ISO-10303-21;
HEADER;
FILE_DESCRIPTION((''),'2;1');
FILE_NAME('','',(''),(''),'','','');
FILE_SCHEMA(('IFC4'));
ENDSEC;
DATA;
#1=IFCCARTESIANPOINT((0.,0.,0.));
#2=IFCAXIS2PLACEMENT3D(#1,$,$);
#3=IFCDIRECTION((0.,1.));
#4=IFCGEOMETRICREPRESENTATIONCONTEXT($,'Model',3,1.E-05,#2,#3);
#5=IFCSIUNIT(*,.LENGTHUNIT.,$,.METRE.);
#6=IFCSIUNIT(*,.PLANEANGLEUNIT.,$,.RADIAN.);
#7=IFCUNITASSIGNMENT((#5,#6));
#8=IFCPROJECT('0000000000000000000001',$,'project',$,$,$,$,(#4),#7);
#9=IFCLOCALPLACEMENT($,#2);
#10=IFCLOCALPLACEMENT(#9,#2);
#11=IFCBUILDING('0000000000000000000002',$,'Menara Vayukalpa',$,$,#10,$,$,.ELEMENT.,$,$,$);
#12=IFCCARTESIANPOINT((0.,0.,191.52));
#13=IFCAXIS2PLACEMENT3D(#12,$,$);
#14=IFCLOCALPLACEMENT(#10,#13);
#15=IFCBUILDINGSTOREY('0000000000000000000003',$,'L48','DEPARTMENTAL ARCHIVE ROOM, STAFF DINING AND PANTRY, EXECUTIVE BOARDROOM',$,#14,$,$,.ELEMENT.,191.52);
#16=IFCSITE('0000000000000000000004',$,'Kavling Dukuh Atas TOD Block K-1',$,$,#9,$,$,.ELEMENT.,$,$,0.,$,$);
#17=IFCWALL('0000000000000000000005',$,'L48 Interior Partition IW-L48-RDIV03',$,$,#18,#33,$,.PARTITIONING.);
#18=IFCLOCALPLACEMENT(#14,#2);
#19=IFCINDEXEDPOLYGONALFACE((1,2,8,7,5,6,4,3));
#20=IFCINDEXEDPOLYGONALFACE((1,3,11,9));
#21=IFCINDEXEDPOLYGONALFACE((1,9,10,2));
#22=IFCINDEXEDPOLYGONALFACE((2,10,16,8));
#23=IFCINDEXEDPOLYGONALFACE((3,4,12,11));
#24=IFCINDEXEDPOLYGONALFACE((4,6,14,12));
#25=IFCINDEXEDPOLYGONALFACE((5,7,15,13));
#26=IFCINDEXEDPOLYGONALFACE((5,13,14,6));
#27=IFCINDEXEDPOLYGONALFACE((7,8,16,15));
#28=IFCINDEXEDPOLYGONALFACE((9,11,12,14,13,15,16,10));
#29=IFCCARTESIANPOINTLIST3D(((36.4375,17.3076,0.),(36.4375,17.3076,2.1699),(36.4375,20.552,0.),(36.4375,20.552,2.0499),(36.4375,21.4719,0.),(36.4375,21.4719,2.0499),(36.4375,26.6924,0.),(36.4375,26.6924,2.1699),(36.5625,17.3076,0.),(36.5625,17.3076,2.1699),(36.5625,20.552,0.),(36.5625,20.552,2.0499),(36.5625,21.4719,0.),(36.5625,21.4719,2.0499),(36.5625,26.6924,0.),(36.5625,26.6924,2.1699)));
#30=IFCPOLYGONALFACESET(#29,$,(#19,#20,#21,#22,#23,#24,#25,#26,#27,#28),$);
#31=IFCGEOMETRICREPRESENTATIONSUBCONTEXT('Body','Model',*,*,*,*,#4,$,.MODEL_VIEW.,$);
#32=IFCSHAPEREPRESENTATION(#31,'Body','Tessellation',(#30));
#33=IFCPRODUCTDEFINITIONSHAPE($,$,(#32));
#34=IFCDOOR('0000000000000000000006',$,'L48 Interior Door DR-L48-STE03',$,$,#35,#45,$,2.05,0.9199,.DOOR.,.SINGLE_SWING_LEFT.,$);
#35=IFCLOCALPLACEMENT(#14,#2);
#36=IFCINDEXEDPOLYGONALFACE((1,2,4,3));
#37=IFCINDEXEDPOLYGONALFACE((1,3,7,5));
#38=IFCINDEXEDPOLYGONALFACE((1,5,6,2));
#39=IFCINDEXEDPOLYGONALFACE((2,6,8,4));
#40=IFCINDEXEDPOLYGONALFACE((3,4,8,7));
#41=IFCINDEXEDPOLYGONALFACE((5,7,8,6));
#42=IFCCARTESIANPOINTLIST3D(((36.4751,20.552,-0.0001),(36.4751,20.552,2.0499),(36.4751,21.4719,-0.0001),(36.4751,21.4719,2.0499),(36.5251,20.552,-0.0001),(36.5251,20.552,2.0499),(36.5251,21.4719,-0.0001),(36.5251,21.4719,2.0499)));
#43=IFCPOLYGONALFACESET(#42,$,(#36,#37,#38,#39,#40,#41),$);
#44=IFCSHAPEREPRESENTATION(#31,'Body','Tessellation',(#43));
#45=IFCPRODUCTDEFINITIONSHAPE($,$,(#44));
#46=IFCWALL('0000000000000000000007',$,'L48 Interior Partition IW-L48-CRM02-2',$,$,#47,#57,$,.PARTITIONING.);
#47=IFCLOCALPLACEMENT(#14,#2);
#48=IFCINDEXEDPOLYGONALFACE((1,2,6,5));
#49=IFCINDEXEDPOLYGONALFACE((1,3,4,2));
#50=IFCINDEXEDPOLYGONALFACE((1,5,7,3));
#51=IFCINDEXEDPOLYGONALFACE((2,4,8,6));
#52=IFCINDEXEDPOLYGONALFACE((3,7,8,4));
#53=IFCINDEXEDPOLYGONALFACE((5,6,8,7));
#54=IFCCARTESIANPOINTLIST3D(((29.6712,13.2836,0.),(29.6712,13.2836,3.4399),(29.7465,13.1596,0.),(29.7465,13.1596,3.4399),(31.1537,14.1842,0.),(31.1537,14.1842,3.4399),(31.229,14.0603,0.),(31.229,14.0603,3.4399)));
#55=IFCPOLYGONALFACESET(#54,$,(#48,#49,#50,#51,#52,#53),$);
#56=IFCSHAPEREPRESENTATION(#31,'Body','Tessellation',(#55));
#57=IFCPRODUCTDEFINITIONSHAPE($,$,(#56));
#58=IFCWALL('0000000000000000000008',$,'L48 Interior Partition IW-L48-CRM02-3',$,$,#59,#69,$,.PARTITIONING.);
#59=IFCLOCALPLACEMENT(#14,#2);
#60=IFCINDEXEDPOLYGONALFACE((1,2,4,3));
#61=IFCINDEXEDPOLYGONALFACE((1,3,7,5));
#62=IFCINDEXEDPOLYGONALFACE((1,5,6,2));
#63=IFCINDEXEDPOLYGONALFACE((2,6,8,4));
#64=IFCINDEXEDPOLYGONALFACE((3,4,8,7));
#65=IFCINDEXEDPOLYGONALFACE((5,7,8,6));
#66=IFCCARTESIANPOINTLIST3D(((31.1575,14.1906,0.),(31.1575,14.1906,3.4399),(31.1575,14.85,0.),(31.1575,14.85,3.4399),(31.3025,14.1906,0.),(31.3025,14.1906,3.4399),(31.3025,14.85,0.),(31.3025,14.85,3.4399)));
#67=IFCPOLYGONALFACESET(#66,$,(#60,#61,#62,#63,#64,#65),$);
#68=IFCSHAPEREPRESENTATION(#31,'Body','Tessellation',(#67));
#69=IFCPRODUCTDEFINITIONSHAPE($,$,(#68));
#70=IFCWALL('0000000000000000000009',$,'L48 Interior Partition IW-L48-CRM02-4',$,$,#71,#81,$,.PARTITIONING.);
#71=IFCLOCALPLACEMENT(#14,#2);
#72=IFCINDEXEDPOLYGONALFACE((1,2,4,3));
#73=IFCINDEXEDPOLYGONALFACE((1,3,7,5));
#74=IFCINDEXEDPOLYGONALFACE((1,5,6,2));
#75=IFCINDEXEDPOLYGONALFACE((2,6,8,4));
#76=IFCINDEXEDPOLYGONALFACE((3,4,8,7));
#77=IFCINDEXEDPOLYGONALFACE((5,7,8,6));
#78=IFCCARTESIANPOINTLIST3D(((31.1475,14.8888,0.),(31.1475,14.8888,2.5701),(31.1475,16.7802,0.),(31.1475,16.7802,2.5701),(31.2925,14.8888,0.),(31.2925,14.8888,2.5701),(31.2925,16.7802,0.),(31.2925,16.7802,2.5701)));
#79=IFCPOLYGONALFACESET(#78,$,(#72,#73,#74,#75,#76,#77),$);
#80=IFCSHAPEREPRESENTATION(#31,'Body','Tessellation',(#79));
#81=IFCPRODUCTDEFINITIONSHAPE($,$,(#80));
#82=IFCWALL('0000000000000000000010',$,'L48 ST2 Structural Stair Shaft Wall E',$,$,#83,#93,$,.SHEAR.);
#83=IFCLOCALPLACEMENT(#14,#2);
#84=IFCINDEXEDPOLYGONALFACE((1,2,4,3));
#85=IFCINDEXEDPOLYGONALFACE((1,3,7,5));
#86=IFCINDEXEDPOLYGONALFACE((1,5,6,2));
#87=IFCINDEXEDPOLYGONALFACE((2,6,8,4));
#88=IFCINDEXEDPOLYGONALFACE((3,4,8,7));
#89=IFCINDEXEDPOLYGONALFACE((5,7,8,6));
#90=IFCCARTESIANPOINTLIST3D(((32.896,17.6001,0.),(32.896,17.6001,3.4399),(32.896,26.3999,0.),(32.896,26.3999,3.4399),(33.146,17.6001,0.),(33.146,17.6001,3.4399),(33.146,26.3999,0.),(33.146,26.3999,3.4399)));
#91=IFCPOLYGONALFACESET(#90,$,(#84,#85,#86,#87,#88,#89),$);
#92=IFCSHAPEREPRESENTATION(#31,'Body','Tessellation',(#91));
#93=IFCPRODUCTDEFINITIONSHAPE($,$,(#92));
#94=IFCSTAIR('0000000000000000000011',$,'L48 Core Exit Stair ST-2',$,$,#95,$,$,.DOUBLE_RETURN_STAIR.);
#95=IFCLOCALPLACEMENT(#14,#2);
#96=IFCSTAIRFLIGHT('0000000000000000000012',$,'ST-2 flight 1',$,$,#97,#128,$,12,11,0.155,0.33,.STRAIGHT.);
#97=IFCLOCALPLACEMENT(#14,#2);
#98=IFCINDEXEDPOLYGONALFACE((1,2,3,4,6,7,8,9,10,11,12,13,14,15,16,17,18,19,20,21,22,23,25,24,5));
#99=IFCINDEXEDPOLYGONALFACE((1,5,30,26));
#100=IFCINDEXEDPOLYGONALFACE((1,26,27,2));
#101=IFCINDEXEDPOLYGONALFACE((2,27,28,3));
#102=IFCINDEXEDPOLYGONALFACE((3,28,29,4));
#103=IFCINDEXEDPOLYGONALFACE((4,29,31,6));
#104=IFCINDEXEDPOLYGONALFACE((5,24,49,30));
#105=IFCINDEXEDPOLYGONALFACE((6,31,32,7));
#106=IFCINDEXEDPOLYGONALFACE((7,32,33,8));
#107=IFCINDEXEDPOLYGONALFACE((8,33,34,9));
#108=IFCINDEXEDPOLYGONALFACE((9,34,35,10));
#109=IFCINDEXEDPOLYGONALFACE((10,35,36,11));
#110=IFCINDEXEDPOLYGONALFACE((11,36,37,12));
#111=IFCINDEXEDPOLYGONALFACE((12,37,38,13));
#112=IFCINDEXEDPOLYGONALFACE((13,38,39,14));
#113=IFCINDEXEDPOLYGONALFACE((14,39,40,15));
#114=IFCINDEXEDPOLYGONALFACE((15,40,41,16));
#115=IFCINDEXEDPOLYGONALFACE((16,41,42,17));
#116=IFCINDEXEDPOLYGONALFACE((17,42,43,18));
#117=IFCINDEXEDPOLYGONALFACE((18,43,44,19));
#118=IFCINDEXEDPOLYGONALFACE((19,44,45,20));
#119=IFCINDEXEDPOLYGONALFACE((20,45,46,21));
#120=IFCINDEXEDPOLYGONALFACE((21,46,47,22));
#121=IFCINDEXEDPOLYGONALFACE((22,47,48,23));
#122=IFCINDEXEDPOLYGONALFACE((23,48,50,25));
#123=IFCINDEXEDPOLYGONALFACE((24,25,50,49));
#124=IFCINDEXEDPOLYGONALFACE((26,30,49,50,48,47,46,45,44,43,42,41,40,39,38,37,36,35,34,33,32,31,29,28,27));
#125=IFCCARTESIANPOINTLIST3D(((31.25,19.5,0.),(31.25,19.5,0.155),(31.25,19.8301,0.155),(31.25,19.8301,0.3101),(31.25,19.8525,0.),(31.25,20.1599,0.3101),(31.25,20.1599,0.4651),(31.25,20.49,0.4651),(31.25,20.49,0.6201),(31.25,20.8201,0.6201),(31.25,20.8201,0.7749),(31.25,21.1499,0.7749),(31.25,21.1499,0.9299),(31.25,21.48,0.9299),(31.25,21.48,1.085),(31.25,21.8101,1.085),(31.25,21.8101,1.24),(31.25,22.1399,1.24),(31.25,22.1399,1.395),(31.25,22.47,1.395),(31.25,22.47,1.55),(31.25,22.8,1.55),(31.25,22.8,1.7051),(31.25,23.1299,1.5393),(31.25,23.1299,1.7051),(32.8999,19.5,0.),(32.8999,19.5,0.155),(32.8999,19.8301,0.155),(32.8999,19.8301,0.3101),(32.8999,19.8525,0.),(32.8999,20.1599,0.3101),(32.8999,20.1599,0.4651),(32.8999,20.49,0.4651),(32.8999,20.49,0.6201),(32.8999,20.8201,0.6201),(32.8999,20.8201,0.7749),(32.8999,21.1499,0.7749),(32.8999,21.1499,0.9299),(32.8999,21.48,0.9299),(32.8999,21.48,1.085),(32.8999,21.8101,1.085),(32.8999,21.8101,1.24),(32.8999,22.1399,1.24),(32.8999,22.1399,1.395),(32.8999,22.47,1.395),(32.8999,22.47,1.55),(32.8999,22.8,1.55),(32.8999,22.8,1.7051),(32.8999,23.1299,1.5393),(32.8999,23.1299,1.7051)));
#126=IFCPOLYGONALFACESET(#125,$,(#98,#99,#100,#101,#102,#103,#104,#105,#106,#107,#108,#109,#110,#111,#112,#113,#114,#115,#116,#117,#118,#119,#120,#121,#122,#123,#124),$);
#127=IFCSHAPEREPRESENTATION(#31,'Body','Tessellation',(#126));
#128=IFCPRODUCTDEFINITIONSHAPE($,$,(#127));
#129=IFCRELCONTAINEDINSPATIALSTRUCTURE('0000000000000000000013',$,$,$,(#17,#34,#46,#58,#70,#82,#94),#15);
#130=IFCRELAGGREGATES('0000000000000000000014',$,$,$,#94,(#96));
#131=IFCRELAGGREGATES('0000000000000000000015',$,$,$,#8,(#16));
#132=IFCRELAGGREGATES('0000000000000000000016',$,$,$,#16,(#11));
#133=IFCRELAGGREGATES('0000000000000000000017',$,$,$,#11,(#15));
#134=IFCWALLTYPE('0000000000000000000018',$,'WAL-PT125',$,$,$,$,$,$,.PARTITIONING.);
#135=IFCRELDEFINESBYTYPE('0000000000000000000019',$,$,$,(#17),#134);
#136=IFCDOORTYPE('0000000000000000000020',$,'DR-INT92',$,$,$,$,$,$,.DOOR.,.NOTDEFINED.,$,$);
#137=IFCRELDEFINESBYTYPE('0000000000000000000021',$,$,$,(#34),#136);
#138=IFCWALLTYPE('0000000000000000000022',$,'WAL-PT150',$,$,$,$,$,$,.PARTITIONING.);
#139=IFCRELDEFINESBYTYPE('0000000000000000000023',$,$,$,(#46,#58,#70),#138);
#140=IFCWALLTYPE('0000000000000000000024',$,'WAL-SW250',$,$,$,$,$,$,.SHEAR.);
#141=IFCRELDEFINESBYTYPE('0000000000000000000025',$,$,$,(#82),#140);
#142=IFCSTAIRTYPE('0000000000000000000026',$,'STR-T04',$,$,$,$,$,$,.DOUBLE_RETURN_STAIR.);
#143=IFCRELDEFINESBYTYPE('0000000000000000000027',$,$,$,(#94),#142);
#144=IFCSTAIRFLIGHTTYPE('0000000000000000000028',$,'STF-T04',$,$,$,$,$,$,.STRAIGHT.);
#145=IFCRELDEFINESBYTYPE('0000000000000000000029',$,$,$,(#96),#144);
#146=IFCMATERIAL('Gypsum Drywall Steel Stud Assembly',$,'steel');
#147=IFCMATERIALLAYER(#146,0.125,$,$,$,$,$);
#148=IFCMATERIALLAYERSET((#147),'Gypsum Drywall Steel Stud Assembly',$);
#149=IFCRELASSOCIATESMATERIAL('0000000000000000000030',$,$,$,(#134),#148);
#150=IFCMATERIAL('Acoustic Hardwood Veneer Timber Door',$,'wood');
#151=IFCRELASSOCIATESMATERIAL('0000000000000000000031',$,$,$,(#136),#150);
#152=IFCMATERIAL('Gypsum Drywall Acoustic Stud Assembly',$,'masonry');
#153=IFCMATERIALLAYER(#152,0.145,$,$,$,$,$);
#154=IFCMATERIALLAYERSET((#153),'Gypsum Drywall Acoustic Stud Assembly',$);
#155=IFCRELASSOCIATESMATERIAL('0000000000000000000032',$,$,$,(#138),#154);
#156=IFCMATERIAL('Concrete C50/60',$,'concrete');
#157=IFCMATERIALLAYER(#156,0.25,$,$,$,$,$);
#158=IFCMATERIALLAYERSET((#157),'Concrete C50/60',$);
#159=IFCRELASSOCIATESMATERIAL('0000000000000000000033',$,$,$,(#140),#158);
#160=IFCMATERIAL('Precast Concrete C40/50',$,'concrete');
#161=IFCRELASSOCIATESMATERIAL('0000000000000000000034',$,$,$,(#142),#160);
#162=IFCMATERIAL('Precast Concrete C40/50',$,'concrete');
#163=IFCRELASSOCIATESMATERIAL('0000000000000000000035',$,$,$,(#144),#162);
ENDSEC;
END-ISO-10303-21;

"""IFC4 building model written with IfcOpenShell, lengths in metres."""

from ifc_helpers import new_model, si_unit, direction, frame, frame_2d, origin, place, context, subcontext, project, spatial, polyline, rectangle, outline, extrude, material, layer, layer_set, type_object, element, fill, aggregate, save


model = new_model("IFC4")

# Units and contexts
model_context = context("Model", 3, precision=1e-05, world=origin(), true_north=direction((0.0, 1.0)))
body_context = subcontext(model_context, "Body", "Model", "MODEL_VIEW")
ifc_project = project(units=[si_unit("LENGTHUNIT", "METRE"), si_unit("PLANEANGLEUNIT", "RADIAN")], contexts=[model_context])

# Site, building, storey
site_placement = place(None, origin())
site = spatial("IfcSite", under=ifc_project, at=site_placement, Name="Kavling Dukuh Atas TOD Block K-1", CompositionType="ELEMENT", RefElevation=0.0)
building_placement = place(site_placement, origin())
building = spatial("IfcBuilding", under=site, at=building_placement, Name="Menara Vayukalpa", CompositionType="ELEMENT")
storey_placement = place(building_placement, frame((0.0, 0.0, 191.52)))
storey = spatial("IfcBuildingStorey", under=building, at=storey_placement, Name="L48", Description="DEPARTMENTAL ARCHIVE ROOM, STAFF DINING AND PANTRY, EXECUTIVE BOARDROOM", CompositionType="ELEMENT", Elevation=191.52)

# Shared definitions
ifc_material_1 = material(Name="Gypsum Drywall Steel Stud Assembly", Category="steel")
ifc_layer_1 = layer(ifc_material_1, 0.125)
ifc_layer_set_1 = layer_set([ifc_layer_1], Name="Gypsum Drywall Steel Stud Assembly")
wall_type_1 = type_object("IfcWallType", Name="WAL-PT125", PredefinedType="PARTITIONING", material=ifc_layer_set_1)

# Wall, opening, door
wall_1_placement = place(storey_placement, frame((36.5, 17.3076, 0.0), z_axis=(0.0, 0.0, 1.0), x_axis=(0.0, 1.0, 0.0)))
wall_1 = element("IfcWall", 1, at=wall_1_placement, inside=storey, type_object=wall_type_1, Name="L48 Interior Partition IW-L48-RDIV03", PredefinedType="PARTITIONING", context=body_context, shape_type="SweptSolid", body=[
    extrude(rectangle(XDim=9.3848, YDim=0.125, at=frame_2d((4.6924, 0.0))), origin(), (0.0, 0.0, 1.0), 2.1699),
])
opening_placement = place(wall_1_placement, frame((3.2444, 0.0, 0.0)))
opening = element("IfcOpeningElement", 2, at=opening_placement, cuts=wall_1, PredefinedType="OPENING", context=body_context, shape_type="SweptSolid", body=[
    extrude(rectangle(XDim=0.9199, YDim=2.05, at=frame_2d((0.46, 1.0249))), frame((0.0, 0.0725, 0.0), z_axis=(0.0, -1.0, 0.0), x_axis=(1.0, 0.0, 0.0)), (0.0, 0.0, 1.0), 0.145),
])
ifc_material_2 = material(Name="Acoustic Hardwood Veneer Timber Door", Category="wood")
door_type = type_object("IfcDoorType", Name="DR-INT92", OperationType="NOTDEFINED", PredefinedType="DOOR", material=ifc_material_2)
door_placement = place(opening_placement, origin())
door = element("IfcDoor", 3, at=door_placement, inside=storey, type_object=door_type, Name="L48 Interior Door DR-L48-STE03", OperationType="SINGLE_SWING_LEFT", OverallHeight=2.05, OverallWidth=0.9199, PredefinedType="DOOR", context=body_context, shape_type="SweptSolid", body=[
    extrude(rectangle(XDim=0.9199, YDim=2.05, at=frame_2d((0.46, 1.0249))), frame((0.0, 0.0249, 0.0), z_axis=(0.0, -1.0, 0.0), x_axis=(1.0, 0.0, 0.0)), (0.0, 0.0, 1.0), 0.05),
])
fill(opening, door)

# Walls
ifc_material_3 = material(Name="Gypsum Drywall Acoustic Stud Assembly", Category="masonry")
ifc_layer_2 = layer(ifc_material_3, 0.145)
ifc_layer_set_2 = layer_set([ifc_layer_2], Name="Gypsum Drywall Acoustic Stud Assembly")
wall_type_2 = type_object("IfcWallType", Name="WAL-PT150", PredefinedType="PARTITIONING", material=ifc_layer_set_2)
wall_2_placement = place(storey_placement, frame((29.709, 13.2217, 0.0), z_axis=(0.0, 0.0, 1.0), x_axis=(0.854636, 0.519228, 0.0)))
element("IfcWall", 4, at=wall_2_placement, inside=storey, type_object=wall_type_2, Name="L48 Interior Partition IW-L48-CRM02-2", PredefinedType="PARTITIONING", context=body_context, shape_type="SweptSolid", body=[
    extrude(rectangle(XDim=1.7346, YDim=0.145, at=frame_2d((0.8672, 0.0))), origin(), (0.0, 0.0, 1.0), 3.4399),
])
wall_3_placement = place(storey_placement, frame((31.23, 14.1907, 0.0), z_axis=(0.0, 0.0, 1.0), x_axis=(0.0, 1.0, 0.0)))
element("IfcWall", 5, at=wall_3_placement, inside=storey, type_object=wall_type_2, Name="L48 Interior Partition IW-L48-CRM02-3", PredefinedType="PARTITIONING", context=body_context, shape_type="SweptSolid", body=[
    extrude(rectangle(XDim=0.6594, YDim=0.145, at=frame_2d((0.3296, 0.0))), origin(), (0.0, 0.0, 1.0), 3.4399),
])
wall_4_placement = place(storey_placement, frame((31.22, 14.8887, 0.0), z_axis=(0.0, 0.0, 1.0), x_axis=(0.0, 1.0, 0.0)))
element("IfcWall", 6, at=wall_4_placement, inside=storey, type_object=wall_type_2, Name="L48 Interior Partition IW-L48-CRM02-4", PredefinedType="PARTITIONING", context=body_context, shape_type="SweptSolid", body=[
    extrude(rectangle(XDim=1.8914, YDim=0.145, at=frame_2d((0.9458, 0.0))), origin(), (0.0, 0.0, 1.0), 2.5701),
])
ifc_material_4 = material(Name="Concrete C50/60", Category="concrete")
ifc_layer_3 = layer(ifc_material_4, 0.25)
ifc_layer_set_3 = layer_set([ifc_layer_3], Name="Concrete C50/60")
wall_type_3 = type_object("IfcWallType", Name="WAL-SW250", PredefinedType="SHEAR", material=ifc_layer_set_3)
wall_5_placement = place(storey_placement, frame((33.021, 17.6001, 0.0), z_axis=(0.0, 0.0, 1.0), x_axis=(0.0, 1.0, 0.0)))
element("IfcWall", 7, at=wall_5_placement, inside=storey, type_object=wall_type_3, Name="L48 ST2 Structural Stair Shaft Wall E", PredefinedType="SHEAR", context=body_context, shape_type="SweptSolid", body=[
    extrude(rectangle(XDim=8.7998, YDim=0.25, at=frame_2d((4.3999, 0.0))), origin(), (0.0, 0.0, 1.0), 3.4399),
])

# Stair, stair flight
ifc_material_5 = material(Name="Precast Concrete C40/50", Category="concrete")
stair_type = type_object("IfcStairType", Name="STR-T04", PredefinedType="DOUBLE_RETURN_STAIR", material=ifc_material_5)
stair_placement = place(storey_placement, origin())
stair = element("IfcStair", 8, at=stair_placement, inside=storey, type_object=stair_type, Name="L48 Core Exit Stair ST-2", PredefinedType="DOUBLE_RETURN_STAIR")
ifc_material_6 = material(Name="Precast Concrete C40/50", Category="concrete")
stair_flight_type = type_object("IfcStairFlightType", Name="STF-T04", PredefinedType="STRAIGHT", material=ifc_material_6)
stair_flight_placement = place(storey_placement, frame((32.075, 19.5, 0.0), z_axis=(0.0, 0.0, 1.0), x_axis=(0.0, 1.0, 0.0)))
stair_flight = element("IfcStairFlight", 9, at=stair_flight_placement, type_object=stair_flight_type, Name="ST-2 flight 1", NumberOfRisers=12, NumberOfTreads=11, PredefinedType="STRAIGHT", RiserHeight=0.155, TreadLength=0.33, context=body_context, shape_type="SweptSolid", body=[
    extrude(outline(polyline([(0.0, 0.0), (0.0, 0.155), (0.3301, 0.155), (0.3301, 0.3101), (0.6599, 0.3101), (0.6599, 0.4651), (0.99, 0.4651), (0.99, 0.6201), (1.3201, 0.6201), (1.3201, 0.7749), (1.6499, 0.7749), (1.6499, 0.9299), (1.98, 0.9299), (1.98, 1.085), (2.3101, 1.085), (2.3101, 1.24), (2.6399, 1.24), (2.6399, 1.395), (2.97, 1.395), (2.97, 1.55), (3.3, 1.55), (3.3, 1.7051), (3.6299, 1.7051), (3.6299, 1.8601), (3.6299, 1.5393), (0.3525, 0.0), (0.0, 0.0)])), frame((0.0, 0.825, 0.0), z_axis=(0.0, -1.0, 0.0), x_axis=(1.0, 0.0, 0.0)), (0.0, 0.0, 1.0), 1.6499),
])
aggregate(stair, [stair_flight])

save(model, "model.ifc")
